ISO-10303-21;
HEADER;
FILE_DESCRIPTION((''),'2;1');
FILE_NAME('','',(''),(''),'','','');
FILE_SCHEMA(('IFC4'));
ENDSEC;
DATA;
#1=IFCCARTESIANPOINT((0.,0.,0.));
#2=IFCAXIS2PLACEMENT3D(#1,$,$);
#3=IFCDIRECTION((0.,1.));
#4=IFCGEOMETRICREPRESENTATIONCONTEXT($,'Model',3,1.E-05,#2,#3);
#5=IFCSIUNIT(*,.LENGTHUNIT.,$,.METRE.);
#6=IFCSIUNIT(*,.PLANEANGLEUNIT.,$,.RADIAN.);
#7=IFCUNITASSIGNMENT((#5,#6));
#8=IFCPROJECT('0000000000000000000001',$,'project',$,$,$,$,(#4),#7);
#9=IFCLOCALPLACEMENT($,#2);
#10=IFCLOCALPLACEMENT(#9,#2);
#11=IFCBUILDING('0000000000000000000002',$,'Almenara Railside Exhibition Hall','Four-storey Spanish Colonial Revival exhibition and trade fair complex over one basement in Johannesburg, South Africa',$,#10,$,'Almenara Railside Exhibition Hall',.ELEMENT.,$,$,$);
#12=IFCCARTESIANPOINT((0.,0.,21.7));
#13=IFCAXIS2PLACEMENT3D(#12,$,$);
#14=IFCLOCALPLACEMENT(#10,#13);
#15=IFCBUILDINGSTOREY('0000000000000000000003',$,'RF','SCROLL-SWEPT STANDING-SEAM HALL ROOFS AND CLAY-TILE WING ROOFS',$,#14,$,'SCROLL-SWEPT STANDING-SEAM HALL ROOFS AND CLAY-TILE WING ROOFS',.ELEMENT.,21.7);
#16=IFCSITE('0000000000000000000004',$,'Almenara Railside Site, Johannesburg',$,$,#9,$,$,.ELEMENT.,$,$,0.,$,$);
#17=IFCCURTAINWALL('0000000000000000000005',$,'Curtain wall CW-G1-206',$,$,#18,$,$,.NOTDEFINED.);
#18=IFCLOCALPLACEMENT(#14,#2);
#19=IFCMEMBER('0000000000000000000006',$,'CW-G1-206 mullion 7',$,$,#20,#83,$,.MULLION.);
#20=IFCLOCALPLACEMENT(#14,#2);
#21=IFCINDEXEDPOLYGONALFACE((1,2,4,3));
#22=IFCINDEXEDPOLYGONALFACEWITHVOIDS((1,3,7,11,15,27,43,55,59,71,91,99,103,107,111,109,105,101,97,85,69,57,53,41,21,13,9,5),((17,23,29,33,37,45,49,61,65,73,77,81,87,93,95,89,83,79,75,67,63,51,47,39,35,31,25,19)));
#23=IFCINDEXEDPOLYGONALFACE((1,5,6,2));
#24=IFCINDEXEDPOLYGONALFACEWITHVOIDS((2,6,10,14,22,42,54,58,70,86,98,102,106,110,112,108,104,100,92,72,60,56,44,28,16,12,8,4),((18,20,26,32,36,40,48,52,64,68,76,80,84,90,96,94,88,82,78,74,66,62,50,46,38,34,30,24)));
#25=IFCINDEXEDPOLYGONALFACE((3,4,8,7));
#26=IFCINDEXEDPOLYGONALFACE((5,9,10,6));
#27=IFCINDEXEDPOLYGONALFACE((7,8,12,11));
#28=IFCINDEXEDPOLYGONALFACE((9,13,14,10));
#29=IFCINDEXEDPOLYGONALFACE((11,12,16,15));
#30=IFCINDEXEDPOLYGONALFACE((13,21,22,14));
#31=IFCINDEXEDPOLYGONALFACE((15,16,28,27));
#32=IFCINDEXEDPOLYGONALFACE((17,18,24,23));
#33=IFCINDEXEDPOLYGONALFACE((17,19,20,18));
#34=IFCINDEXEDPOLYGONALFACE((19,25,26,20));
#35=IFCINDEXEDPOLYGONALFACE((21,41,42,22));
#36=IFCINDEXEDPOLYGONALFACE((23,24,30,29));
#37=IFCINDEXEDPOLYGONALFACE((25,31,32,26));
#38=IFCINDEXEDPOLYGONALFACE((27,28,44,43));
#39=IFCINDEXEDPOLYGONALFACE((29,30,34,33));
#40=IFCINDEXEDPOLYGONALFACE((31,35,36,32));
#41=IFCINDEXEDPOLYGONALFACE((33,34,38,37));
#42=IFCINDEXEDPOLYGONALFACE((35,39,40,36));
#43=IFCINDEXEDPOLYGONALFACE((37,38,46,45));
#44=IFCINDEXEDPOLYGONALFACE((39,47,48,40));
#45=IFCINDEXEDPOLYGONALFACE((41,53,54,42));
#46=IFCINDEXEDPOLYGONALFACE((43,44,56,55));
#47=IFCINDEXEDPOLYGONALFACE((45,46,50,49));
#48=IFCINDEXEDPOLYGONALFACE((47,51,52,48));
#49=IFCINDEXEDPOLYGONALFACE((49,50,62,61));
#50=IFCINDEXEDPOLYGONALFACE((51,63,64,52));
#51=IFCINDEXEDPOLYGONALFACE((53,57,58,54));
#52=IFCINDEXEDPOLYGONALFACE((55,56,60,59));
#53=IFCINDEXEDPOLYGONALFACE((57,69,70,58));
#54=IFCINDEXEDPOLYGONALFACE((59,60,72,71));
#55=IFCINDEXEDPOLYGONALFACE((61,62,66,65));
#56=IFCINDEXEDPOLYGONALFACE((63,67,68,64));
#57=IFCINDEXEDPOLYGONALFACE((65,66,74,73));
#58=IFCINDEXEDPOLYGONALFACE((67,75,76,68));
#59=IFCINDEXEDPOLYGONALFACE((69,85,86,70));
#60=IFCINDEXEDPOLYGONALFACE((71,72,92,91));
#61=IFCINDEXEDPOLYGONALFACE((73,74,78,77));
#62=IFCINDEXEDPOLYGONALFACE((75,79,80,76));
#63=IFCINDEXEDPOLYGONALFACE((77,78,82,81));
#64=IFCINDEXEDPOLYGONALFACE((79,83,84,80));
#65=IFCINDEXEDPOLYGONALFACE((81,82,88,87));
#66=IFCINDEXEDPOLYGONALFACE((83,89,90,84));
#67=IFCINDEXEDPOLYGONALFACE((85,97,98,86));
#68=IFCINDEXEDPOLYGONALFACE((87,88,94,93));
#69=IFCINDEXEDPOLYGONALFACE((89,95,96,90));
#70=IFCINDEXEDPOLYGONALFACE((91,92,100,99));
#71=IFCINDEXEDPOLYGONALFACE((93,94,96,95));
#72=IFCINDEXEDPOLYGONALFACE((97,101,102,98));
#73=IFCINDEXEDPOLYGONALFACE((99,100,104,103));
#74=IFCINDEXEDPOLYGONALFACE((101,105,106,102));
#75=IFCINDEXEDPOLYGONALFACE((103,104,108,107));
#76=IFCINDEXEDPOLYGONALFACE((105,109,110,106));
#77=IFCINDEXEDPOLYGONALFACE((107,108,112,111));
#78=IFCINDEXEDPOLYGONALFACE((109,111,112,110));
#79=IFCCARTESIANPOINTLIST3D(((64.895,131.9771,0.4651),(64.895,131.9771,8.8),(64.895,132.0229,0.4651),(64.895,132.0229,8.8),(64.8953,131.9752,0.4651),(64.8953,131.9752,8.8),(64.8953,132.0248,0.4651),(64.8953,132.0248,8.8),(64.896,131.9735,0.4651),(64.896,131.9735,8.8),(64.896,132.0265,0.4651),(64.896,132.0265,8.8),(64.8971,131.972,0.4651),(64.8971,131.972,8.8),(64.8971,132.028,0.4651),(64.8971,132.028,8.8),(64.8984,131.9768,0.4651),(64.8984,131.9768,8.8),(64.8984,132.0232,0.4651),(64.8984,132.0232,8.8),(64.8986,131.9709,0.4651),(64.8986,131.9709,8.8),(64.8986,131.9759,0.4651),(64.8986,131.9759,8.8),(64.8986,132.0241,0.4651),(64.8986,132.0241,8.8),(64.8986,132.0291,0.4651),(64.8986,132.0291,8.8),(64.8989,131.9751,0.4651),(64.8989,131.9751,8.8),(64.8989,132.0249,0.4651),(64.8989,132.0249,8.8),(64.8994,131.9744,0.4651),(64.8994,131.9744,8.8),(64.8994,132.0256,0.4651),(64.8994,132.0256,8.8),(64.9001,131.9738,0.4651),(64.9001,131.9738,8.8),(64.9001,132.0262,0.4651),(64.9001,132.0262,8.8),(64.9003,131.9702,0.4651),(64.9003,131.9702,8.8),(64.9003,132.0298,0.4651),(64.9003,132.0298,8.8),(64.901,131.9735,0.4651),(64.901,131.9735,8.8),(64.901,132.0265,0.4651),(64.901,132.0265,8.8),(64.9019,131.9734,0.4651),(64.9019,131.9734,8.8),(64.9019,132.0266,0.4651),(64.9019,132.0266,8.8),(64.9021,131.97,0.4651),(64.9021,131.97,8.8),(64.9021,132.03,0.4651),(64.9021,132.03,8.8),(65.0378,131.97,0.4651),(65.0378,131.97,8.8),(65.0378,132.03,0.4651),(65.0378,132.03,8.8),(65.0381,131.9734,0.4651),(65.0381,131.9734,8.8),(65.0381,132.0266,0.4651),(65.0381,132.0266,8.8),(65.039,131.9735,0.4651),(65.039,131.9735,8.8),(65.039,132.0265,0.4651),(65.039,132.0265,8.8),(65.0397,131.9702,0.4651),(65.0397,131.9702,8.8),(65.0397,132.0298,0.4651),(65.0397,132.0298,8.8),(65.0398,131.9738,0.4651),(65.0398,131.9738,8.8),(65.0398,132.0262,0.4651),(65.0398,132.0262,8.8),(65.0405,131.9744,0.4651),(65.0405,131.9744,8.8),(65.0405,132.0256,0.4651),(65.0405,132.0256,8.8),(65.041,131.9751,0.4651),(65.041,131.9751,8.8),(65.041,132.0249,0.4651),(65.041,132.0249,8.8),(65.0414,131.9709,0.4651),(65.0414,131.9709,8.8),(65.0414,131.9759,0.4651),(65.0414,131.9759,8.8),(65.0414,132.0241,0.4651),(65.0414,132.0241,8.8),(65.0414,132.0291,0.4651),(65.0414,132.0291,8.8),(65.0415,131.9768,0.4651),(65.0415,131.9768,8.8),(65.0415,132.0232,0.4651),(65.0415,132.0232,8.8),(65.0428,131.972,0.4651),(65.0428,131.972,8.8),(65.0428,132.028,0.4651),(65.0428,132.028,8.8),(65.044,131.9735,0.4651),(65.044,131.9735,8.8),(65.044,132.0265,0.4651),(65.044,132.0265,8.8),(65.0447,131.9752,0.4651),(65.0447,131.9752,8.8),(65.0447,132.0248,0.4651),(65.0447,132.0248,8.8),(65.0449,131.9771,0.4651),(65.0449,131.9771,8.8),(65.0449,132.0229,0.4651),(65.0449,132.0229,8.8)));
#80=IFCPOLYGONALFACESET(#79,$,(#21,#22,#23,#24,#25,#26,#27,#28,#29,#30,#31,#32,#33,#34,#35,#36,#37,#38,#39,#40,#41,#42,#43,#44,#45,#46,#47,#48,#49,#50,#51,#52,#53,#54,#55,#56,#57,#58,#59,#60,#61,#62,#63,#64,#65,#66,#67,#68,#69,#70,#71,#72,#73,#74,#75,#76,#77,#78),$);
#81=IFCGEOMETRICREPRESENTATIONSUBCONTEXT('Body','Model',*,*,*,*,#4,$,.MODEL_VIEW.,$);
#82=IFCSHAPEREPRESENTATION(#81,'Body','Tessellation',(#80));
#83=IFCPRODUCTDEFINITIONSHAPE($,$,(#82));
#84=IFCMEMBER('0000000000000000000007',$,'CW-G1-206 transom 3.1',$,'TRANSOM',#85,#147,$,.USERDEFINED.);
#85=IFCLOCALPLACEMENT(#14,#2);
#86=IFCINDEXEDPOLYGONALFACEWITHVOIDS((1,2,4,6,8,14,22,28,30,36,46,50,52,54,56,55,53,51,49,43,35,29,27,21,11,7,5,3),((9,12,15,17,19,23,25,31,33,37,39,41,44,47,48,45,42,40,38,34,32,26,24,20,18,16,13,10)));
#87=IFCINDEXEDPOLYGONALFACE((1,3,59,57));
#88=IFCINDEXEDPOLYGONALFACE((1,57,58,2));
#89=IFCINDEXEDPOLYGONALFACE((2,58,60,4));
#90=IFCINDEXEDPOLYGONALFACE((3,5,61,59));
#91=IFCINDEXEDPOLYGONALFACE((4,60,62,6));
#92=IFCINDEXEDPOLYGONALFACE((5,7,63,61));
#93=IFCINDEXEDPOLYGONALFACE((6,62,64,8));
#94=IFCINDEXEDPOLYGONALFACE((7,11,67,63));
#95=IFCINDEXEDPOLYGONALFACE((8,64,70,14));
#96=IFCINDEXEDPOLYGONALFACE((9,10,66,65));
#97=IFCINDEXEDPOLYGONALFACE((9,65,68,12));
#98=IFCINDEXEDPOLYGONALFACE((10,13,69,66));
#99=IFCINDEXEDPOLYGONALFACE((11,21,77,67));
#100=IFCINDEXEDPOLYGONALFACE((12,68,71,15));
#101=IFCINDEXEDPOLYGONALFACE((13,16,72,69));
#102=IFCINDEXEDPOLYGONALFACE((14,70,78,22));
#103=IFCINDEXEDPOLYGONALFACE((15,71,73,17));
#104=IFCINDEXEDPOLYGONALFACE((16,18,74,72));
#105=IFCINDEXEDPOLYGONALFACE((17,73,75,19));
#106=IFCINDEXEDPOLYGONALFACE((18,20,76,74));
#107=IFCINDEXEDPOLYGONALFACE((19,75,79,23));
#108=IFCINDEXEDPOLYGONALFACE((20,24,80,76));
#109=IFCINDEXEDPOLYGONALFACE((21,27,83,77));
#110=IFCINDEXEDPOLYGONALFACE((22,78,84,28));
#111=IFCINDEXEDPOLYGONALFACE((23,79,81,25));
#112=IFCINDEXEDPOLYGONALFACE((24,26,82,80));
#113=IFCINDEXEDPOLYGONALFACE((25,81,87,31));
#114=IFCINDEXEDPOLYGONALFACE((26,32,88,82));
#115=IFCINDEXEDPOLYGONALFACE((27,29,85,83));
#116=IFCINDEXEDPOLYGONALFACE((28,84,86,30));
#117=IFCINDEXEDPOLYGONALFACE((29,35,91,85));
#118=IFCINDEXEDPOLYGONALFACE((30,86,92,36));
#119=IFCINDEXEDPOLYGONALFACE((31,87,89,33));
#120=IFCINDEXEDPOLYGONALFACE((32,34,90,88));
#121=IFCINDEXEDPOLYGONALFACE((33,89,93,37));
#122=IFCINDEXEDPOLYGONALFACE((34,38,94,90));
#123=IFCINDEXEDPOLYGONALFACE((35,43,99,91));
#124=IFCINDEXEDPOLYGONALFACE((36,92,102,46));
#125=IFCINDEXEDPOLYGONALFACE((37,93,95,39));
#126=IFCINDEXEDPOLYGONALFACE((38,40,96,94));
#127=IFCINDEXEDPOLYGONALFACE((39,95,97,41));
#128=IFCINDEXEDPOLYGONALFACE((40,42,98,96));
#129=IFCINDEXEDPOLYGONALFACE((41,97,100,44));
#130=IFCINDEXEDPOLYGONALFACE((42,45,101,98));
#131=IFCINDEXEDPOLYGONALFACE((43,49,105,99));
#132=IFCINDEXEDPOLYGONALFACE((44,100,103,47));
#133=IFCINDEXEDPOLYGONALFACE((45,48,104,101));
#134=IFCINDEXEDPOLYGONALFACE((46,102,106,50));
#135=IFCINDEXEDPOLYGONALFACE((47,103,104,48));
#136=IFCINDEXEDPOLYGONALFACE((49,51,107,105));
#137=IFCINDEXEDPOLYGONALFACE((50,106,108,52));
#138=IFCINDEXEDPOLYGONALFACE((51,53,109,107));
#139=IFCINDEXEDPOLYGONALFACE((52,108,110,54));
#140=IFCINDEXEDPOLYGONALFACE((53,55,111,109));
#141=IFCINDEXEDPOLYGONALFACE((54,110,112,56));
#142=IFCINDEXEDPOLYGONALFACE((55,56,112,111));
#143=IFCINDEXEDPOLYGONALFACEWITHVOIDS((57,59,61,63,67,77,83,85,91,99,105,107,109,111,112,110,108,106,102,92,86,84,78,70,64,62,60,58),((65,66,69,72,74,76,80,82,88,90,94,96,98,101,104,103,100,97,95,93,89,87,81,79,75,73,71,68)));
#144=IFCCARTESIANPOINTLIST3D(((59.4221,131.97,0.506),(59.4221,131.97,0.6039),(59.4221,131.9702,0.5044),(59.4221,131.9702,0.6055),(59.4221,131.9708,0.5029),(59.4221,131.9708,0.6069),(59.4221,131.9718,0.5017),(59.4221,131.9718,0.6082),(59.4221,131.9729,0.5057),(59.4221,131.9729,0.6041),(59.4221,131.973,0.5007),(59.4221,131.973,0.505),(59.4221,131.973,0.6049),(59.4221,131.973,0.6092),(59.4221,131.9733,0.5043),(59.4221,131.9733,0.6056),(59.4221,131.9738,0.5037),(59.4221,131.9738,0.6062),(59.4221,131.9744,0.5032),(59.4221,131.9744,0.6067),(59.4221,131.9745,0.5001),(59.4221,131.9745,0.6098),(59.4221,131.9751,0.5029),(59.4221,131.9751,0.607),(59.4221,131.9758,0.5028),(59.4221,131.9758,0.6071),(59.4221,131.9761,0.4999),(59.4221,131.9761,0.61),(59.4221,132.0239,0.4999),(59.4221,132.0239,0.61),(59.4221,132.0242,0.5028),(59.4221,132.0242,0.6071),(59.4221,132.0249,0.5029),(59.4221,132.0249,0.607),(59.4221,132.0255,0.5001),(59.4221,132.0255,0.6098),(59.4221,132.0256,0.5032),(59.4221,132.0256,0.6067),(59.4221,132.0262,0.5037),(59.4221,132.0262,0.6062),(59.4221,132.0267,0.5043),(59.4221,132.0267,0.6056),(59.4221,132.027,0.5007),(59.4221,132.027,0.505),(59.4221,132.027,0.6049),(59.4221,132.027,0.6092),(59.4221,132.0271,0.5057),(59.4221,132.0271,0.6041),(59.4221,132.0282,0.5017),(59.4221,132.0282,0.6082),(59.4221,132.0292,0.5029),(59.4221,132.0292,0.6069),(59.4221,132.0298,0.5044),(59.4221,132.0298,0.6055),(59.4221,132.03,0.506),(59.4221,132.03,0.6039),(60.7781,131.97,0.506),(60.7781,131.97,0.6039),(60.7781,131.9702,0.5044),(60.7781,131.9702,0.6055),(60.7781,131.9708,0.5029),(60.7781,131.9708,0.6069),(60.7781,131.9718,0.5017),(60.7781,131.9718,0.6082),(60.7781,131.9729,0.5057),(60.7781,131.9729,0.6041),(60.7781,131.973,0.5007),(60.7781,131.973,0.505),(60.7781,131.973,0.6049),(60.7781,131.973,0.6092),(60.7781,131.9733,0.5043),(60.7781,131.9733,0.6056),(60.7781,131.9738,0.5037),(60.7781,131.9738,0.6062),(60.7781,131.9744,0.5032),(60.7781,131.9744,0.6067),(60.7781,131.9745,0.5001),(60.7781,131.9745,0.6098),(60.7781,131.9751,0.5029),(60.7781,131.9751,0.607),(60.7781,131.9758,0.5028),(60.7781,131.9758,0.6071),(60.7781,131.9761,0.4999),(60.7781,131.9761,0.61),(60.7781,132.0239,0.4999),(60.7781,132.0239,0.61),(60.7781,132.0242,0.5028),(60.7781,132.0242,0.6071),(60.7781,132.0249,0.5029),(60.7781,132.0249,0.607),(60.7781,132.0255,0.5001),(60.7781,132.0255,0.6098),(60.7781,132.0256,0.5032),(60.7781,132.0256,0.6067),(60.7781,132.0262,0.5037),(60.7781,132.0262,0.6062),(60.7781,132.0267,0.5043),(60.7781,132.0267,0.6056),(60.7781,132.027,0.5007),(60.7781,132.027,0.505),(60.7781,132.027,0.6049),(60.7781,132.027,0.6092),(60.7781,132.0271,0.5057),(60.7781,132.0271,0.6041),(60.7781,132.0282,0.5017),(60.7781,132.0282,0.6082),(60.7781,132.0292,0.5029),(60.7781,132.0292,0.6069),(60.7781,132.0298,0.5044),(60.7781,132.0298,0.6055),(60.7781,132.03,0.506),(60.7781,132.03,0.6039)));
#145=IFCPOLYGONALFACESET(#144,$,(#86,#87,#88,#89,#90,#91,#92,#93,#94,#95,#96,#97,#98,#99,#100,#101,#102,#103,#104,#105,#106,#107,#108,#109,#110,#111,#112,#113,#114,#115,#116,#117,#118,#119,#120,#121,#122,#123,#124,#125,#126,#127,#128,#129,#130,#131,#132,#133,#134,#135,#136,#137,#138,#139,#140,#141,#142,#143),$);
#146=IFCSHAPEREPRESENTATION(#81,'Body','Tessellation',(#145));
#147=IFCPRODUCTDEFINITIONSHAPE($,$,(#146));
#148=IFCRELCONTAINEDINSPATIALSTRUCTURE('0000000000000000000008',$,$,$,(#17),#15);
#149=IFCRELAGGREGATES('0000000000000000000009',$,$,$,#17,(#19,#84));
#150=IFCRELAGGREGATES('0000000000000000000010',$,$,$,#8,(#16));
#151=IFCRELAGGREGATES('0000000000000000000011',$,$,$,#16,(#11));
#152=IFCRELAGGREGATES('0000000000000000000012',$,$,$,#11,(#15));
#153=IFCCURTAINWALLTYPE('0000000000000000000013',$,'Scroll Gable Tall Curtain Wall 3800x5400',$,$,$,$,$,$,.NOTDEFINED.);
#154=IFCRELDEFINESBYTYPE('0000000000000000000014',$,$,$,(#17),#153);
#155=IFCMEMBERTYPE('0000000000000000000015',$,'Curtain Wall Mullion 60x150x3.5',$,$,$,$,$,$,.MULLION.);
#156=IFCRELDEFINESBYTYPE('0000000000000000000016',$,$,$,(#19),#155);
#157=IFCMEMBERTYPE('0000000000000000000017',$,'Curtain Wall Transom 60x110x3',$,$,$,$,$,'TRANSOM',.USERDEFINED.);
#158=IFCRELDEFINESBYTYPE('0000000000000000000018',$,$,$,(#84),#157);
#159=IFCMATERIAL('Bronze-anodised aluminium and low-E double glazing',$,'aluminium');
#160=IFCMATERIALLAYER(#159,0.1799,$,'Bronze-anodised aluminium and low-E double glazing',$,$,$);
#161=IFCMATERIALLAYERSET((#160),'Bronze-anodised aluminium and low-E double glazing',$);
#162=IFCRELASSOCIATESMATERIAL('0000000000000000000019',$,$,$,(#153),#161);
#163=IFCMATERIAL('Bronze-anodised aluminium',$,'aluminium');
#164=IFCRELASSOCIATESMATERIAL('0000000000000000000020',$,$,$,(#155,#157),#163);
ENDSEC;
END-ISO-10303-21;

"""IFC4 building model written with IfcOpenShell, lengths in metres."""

from ifc_helpers import new_model, si_unit, direction, frame, origin, origin_2d, place, context, subcontext, project, spatial, hollow_rectangle, extrude, material, layer, layer_set, material_profile, profile_set, type_object, element, aggregate, save


model = new_model("IFC4")

# Units and contexts
model_context = context("Model", 3, precision=1e-05, world=origin(), true_north=direction((0.0, 1.0)))
body_context = subcontext(model_context, "Body", "Model", "MODEL_VIEW")
ifc_project = project(units=[si_unit("LENGTHUNIT", "METRE"), si_unit("PLANEANGLEUNIT", "RADIAN")], contexts=[model_context])

# Site, building, storey
site_placement = place(None, origin())
site = spatial("IfcSite", under=ifc_project, at=site_placement, Name="Almenara Railside Site, Johannesburg", CompositionType="ELEMENT", RefElevation=0.0)
building_placement = place(site_placement, origin())
building = spatial("IfcBuilding", under=site, at=building_placement, Name="Almenara Railside Exhibition Hall", Description="Four-storey Spanish Colonial Revival exhibition and trade fair complex over one basement in Johannesburg, South Africa", LongName="Almenara Railside Exhibition Hall", CompositionType="ELEMENT")
storey_placement = place(building_placement, frame((0.0, 0.0, 21.7)))
storey = spatial("IfcBuildingStorey", under=building, at=storey_placement, Name="RF", Description="SCROLL-SWEPT STANDING-SEAM HALL ROOFS AND CLAY-TILE WING ROOFS", LongName="SCROLL-SWEPT STANDING-SEAM HALL ROOFS AND CLAY-TILE WING ROOFS", CompositionType="ELEMENT", Elevation=21.7)

# Curtain wall, members
ifc_material_1 = material(Name="Bronze-anodised aluminium and low-E double glazing", Category="aluminium")
ifc_layer_1 = layer(ifc_material_1, 0.1799, Name="Bronze-anodised aluminium and low-E double glazing")
ifc_layer_set_1 = layer_set([ifc_layer_1], Name="Bronze-anodised aluminium and low-E double glazing")
curtain_wall_type = type_object("IfcCurtainWallType", Name="Scroll Gable Tall Curtain Wall 3800x5400", PredefinedType="NOTDEFINED", material=ifc_layer_set_1)
curtain_wall_placement = place(storey_placement, origin())
curtain_wall = element("IfcCurtainWall", 1, at=curtain_wall_placement, inside=storey, type_object=curtain_wall_type, Name="Curtain wall CW-G1-206", PredefinedType="NOTDEFINED")
ifc_material_2 = material(Name="Bronze-anodised aluminium", Category="aluminium")
ifc_material_profile_1 = material_profile(ifc_material_2, hollow_rectangle(XDim=0.0601, YDim=0.1499, WallThickness=0.0034, InnerFilletRadius=0.0034, OuterFilletRadius=0.0071, at=origin_2d()), Name="ALU-MUL 60x150x3.5")
ifc_profile_set_1 = profile_set([ifc_material_profile_1], Name="Bronze-anodised aluminium")
member_type_1 = type_object("IfcMemberType", Name="Curtain Wall Mullion 60x150x3.5", PredefinedType="MULLION", material=ifc_profile_set_1)
member_1_placement = place(storey_placement, frame((64.97, 132.0, 0.4651), z_axis=(0.0, 0.0, 1.0), x_axis=(0.0, 1.0, 0.0)))
member_1 = element("IfcMember", 2, at=member_1_placement, type_object=member_type_1, Name="CW-G1-206 mullion 7", PredefinedType="MULLION", context=body_context, shape_type="SweptSolid", body=[
    extrude(hollow_rectangle(XDim=0.0601, YDim=0.1499, WallThickness=0.0034, InnerFilletRadius=0.0034, OuterFilletRadius=0.0071, at=origin_2d()), origin(), (0.0, 0.0, 1.0), 8.335),
])
ifc_material_profile_2 = material_profile(ifc_material_2, hollow_rectangle(XDim=0.0601, YDim=0.1101, WallThickness=0.0029, InnerFilletRadius=0.0029, OuterFilletRadius=0.0061, at=origin_2d()), Name="ALU-TRN 60x110x3")
ifc_profile_set_2 = profile_set([ifc_material_profile_2], Name="Bronze-anodised aluminium")
member_type_2 = type_object("IfcMemberType", Name="Curtain Wall Transom 60x110x3", ElementType="TRANSOM", PredefinedType="USERDEFINED", material=ifc_profile_set_2)
member_2_placement = place(storey_placement, frame((59.4221, 132.0, 0.5549), z_axis=(1.0, 0.0, 0.0), x_axis=(0.0, 1.0, 0.0)))
member_2 = element("IfcMember", 3, at=member_2_placement, type_object=member_type_2, Name="CW-G1-206 transom 3.1", ObjectType="TRANSOM", PredefinedType="USERDEFINED", context=body_context, shape_type="SweptSolid", body=[
    extrude(hollow_rectangle(XDim=0.0601, YDim=0.1101, WallThickness=0.0029, InnerFilletRadius=0.0029, OuterFilletRadius=0.0061, at=origin_2d()), origin(), (0.0, 0.0, 1.0), 1.356),
])

aggregate(curtain_wall, [member_1, member_2])

save(model, "model.ifc")
